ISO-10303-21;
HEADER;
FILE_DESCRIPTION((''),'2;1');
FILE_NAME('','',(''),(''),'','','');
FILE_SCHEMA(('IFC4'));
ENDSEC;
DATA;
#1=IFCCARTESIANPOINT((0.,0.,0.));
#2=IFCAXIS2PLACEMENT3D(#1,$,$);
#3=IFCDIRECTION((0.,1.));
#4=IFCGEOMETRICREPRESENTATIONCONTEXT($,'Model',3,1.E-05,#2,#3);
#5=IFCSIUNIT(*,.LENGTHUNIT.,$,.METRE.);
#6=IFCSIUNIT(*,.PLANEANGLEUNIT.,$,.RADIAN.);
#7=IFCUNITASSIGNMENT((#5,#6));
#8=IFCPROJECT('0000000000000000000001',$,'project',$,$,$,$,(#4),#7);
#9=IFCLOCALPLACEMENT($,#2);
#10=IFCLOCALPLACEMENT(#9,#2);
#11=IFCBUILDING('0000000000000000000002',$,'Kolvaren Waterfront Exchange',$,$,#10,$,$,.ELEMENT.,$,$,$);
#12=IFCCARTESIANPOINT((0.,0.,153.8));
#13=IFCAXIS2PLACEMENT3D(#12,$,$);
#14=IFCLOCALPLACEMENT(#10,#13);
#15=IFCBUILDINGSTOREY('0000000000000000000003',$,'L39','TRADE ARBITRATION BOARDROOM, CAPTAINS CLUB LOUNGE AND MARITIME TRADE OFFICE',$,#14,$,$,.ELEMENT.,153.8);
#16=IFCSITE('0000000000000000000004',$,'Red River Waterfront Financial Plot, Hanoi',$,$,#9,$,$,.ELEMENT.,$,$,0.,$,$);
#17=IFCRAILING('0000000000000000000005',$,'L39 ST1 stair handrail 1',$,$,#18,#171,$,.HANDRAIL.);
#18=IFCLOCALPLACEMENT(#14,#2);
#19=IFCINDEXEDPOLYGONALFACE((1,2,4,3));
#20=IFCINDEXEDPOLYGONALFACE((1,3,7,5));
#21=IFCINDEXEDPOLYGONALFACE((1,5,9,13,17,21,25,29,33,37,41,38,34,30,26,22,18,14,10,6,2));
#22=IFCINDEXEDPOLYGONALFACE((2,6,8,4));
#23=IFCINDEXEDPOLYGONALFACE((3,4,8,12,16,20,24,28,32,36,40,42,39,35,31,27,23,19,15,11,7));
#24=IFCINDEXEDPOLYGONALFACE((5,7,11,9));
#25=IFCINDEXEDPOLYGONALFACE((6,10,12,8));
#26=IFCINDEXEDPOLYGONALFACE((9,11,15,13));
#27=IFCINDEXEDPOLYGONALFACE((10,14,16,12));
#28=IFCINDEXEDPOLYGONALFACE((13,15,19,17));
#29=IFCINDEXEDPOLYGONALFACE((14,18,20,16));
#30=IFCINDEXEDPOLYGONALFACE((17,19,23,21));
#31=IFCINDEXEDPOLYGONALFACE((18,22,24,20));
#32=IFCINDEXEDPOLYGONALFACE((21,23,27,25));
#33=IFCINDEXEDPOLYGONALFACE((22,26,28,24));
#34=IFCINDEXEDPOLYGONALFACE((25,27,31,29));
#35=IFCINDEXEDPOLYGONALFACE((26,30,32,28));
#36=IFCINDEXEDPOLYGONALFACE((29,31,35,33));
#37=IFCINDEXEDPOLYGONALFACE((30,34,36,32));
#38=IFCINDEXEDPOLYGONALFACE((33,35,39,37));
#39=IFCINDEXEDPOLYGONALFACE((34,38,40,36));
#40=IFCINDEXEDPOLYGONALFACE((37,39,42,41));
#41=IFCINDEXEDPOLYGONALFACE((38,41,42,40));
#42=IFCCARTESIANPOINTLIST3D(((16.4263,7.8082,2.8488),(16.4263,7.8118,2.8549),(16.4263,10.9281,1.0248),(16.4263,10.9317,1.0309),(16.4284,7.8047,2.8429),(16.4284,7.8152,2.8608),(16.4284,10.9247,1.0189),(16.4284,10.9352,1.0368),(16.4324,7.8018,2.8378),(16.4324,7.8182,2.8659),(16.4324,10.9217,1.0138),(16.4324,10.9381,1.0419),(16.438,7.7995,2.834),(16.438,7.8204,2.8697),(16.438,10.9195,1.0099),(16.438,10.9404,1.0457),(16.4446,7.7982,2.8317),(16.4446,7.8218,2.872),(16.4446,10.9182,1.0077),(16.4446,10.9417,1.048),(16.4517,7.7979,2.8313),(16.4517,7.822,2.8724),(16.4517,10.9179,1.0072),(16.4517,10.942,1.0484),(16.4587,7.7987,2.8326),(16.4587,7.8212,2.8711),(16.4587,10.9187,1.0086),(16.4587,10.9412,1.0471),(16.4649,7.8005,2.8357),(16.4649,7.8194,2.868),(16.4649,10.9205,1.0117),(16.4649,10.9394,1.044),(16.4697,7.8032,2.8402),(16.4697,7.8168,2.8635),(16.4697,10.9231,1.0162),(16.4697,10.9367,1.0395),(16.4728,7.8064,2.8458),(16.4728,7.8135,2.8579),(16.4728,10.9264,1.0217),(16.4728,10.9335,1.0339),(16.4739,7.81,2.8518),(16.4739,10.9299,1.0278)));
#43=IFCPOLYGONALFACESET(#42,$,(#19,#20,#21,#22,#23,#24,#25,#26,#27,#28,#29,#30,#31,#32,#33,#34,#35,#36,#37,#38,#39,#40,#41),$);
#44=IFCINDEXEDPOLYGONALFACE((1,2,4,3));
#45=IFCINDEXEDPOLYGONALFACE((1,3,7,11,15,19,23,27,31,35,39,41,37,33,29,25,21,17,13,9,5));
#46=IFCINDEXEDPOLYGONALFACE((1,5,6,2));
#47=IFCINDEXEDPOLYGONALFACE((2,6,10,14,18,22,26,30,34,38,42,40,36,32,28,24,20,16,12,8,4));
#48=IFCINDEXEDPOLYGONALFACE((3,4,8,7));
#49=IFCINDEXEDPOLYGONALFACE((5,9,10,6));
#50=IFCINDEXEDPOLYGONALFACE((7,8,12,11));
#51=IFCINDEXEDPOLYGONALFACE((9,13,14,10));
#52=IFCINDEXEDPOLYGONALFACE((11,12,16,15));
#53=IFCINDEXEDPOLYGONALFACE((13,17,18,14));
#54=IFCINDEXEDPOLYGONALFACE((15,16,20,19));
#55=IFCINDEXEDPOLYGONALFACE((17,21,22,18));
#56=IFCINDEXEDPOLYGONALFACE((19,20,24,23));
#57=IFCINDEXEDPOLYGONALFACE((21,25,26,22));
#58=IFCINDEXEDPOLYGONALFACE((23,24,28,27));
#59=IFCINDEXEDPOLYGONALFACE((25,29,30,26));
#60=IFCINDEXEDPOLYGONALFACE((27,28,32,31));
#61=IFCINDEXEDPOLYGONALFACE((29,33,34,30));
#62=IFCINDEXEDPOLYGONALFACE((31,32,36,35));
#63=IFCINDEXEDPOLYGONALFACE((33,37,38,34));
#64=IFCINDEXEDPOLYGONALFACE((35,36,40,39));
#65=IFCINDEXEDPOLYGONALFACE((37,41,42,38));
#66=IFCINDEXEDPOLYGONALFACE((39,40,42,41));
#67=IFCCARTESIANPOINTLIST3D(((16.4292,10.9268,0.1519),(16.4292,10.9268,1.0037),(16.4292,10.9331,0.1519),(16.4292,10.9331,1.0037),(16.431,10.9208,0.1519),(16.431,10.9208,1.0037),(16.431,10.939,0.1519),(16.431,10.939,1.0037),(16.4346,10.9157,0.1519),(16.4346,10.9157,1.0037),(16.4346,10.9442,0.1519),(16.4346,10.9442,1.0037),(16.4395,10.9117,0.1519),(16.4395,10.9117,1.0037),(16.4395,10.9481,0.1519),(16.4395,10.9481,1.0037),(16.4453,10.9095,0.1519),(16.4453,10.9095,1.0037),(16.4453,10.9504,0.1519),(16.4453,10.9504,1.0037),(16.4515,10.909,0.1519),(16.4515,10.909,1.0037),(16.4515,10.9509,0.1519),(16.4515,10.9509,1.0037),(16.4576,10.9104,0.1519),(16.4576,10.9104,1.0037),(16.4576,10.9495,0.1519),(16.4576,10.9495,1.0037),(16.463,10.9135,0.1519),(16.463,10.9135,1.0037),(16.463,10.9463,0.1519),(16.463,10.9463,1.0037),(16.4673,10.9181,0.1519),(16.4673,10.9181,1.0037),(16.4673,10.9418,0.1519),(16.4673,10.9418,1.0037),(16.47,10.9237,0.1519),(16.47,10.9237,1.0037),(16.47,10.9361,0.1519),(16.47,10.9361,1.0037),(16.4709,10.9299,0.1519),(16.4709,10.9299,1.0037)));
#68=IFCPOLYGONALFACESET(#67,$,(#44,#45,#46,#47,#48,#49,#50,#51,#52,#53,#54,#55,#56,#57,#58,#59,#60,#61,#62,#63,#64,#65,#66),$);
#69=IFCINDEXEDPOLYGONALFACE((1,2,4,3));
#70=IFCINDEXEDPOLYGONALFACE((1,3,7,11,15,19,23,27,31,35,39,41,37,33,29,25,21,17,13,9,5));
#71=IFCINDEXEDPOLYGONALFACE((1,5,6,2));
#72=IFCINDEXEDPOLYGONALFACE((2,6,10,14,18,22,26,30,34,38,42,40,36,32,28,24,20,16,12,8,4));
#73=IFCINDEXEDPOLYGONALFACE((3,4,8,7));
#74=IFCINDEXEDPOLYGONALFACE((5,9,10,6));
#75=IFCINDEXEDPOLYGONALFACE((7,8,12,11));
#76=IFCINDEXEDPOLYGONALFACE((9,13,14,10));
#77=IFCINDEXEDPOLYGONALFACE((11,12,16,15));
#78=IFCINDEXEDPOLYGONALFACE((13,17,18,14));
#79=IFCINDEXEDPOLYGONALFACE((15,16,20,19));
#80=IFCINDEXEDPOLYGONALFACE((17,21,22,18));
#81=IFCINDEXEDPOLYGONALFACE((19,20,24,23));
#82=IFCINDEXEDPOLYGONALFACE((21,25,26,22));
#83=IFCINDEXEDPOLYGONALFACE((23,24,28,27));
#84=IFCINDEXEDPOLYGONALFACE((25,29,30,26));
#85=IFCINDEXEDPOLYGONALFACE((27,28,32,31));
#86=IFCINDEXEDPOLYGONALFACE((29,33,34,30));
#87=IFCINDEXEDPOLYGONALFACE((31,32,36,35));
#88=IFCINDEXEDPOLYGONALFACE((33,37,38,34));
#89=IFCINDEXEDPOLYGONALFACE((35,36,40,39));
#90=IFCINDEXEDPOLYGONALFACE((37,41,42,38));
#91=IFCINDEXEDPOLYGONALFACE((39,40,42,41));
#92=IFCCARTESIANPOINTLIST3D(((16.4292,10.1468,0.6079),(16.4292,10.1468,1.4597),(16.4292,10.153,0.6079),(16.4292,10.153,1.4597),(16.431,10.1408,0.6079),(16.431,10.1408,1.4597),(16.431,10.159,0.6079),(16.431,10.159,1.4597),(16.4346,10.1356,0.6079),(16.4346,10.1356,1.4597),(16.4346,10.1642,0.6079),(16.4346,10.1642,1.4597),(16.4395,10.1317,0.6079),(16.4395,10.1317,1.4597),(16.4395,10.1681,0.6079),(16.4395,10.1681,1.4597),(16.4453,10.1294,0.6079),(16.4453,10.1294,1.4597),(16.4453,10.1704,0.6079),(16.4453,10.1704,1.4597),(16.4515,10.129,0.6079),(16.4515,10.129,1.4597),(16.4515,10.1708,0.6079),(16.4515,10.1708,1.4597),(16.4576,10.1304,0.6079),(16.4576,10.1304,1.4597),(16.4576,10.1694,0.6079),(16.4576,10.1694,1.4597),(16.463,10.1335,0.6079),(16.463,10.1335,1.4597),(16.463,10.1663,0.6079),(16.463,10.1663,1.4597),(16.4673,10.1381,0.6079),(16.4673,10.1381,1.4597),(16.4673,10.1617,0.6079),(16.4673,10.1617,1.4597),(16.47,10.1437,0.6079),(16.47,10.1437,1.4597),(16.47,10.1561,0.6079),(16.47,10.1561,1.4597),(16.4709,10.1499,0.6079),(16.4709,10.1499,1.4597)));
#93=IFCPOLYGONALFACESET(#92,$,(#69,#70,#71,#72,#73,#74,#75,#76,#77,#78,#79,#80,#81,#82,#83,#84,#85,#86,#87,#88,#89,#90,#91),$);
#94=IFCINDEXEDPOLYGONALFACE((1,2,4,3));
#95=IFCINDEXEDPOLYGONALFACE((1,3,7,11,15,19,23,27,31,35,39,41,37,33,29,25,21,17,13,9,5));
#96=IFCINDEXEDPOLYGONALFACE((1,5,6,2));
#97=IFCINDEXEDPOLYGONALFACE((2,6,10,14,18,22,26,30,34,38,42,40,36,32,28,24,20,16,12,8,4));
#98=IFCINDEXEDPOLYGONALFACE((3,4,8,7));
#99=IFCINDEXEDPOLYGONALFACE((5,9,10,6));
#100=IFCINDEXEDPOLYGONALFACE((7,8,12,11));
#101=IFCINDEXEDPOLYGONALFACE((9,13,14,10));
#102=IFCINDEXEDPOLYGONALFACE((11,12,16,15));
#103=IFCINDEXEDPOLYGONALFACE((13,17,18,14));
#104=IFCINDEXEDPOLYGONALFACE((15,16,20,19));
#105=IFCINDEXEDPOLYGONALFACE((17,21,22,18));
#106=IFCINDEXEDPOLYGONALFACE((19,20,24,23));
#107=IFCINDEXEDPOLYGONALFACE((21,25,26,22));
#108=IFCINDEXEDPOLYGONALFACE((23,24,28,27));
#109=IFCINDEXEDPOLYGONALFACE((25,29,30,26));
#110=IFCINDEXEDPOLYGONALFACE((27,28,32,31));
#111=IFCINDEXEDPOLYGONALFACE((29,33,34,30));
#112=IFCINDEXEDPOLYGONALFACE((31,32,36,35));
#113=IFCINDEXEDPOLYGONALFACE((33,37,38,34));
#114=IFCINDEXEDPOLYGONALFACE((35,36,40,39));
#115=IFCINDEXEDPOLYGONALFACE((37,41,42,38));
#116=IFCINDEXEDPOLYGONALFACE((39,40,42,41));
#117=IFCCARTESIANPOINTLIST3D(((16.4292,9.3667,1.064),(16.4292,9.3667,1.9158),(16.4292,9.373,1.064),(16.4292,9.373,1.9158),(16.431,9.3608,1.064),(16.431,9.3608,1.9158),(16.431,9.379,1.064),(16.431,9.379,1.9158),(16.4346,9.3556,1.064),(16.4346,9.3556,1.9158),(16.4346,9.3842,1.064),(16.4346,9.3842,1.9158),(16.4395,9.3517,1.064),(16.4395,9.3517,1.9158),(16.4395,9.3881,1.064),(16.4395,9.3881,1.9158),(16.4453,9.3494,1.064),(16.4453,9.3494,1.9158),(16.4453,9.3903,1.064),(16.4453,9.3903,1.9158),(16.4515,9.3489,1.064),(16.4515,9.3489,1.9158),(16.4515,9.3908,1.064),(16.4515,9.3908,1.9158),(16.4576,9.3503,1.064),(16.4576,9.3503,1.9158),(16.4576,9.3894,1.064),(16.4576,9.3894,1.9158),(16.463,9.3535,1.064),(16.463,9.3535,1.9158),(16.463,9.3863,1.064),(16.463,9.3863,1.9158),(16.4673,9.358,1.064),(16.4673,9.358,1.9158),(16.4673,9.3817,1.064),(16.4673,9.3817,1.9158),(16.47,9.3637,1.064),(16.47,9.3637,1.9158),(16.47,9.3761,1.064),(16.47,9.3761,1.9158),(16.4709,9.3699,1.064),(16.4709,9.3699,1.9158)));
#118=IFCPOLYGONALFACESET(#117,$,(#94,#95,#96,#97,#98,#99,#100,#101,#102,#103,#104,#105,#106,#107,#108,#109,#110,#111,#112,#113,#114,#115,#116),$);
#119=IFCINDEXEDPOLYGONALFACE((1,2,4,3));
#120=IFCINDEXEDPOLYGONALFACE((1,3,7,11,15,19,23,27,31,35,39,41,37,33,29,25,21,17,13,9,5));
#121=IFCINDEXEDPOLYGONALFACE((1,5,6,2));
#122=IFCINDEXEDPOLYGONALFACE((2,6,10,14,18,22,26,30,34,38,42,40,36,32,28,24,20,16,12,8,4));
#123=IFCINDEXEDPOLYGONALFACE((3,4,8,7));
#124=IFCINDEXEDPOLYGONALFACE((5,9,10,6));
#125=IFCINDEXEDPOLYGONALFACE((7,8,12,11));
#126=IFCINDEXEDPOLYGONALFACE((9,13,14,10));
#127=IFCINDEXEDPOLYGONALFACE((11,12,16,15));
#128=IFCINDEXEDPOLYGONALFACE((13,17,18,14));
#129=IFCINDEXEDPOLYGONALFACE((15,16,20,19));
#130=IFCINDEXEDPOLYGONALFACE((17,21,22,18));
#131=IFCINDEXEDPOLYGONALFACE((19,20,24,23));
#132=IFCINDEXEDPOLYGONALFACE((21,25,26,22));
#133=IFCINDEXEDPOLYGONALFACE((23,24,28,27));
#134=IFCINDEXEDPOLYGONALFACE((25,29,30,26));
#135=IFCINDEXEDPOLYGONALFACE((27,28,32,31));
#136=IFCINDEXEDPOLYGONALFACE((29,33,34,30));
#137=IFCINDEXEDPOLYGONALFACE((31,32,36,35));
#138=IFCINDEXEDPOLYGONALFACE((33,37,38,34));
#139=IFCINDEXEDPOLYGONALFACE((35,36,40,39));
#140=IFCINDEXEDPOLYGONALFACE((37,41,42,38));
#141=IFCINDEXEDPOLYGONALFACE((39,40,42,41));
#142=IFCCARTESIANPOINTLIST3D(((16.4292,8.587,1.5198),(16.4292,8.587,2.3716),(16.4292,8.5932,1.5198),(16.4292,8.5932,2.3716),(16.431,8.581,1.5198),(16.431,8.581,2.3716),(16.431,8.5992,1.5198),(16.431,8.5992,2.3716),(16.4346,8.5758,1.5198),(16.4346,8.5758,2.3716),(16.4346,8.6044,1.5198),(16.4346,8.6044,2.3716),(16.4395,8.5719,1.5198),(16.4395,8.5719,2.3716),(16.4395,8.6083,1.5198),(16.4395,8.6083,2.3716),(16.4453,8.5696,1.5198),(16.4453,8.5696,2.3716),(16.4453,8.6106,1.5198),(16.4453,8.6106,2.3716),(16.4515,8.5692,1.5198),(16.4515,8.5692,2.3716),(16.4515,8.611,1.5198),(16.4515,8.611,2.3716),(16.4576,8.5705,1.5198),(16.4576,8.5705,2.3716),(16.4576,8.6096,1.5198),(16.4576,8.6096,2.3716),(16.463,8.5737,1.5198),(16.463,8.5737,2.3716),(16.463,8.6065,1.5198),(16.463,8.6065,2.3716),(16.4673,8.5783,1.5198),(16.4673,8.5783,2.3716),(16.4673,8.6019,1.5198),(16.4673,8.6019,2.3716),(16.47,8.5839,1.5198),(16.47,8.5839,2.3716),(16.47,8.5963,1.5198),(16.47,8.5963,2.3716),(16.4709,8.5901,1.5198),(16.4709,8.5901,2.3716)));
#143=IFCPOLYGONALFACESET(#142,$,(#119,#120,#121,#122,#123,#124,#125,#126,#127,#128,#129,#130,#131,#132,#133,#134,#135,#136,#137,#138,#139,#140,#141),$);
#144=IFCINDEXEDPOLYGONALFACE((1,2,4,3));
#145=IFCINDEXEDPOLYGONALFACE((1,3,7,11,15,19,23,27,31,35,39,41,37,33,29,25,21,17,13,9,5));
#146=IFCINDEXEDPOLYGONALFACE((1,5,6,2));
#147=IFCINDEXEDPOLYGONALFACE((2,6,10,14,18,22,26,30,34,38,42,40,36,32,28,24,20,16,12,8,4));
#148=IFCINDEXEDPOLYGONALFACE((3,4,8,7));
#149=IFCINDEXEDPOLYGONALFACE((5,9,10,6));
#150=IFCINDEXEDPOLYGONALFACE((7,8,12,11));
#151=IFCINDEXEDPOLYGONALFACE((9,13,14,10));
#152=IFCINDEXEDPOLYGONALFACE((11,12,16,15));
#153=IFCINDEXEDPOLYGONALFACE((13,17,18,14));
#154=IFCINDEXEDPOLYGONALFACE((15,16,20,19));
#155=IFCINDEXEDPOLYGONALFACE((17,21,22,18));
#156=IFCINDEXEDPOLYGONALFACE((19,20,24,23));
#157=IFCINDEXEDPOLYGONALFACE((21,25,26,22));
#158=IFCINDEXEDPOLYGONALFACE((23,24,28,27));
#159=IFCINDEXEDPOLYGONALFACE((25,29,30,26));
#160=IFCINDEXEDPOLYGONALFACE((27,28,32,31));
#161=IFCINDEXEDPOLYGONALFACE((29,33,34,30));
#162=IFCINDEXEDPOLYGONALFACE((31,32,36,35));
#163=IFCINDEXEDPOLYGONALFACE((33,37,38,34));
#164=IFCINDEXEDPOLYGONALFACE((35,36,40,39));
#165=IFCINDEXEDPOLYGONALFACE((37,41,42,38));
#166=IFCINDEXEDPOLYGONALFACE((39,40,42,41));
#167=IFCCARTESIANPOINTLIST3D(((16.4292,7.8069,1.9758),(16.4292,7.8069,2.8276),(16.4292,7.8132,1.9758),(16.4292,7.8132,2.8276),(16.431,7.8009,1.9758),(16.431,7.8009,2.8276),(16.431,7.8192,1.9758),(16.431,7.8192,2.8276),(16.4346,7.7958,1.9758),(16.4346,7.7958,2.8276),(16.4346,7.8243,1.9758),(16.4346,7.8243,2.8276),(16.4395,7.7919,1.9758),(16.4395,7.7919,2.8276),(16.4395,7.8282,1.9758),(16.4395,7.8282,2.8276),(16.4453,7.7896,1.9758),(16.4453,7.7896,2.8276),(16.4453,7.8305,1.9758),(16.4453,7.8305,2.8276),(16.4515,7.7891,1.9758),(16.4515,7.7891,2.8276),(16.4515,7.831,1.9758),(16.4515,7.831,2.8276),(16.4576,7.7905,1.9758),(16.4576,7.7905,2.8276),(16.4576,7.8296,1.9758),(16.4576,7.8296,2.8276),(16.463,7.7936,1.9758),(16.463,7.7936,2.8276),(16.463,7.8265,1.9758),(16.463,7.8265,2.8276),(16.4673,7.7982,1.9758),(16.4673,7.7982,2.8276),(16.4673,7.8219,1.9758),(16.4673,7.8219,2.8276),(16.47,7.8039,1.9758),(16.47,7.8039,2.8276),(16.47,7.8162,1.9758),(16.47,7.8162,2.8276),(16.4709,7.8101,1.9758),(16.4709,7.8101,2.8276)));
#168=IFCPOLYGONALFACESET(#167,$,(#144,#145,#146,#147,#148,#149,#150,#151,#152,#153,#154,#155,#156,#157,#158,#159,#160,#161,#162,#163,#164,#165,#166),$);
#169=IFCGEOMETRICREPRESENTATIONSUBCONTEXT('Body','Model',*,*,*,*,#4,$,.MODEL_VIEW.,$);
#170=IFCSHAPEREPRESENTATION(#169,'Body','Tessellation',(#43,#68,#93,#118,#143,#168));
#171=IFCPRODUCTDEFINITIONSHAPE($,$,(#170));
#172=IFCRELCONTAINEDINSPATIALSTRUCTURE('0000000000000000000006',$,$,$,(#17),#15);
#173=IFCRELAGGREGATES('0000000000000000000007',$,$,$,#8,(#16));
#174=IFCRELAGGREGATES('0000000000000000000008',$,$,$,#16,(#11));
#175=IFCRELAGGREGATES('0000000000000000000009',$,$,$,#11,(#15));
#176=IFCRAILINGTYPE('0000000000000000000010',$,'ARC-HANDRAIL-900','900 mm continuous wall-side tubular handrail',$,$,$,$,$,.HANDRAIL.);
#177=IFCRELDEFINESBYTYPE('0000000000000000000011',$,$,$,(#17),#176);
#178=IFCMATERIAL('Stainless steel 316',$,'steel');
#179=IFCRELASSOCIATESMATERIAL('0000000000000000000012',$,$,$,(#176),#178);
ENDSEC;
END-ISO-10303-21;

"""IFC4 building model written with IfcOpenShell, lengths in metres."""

from ifc_helpers import new_model, si_unit, direction, frame, origin, origin_2d, place, context, subcontext, project, spatial, circle, extrude, material, type_object, element, save


model = new_model("IFC4")

# Units and contexts
model_context = context("Model", 3, precision=1e-05, world=origin(), true_north=direction((0.0, 1.0)))
body_context = subcontext(model_context, "Body", "Model", "MODEL_VIEW")
ifc_project = project(units=[si_unit("LENGTHUNIT", "METRE"), si_unit("PLANEANGLEUNIT", "RADIAN")], contexts=[model_context])

# Site, building, storey
site_placement = place(None, origin())
site = spatial("IfcSite", under=ifc_project, at=site_placement, Name="Red River Waterfront Financial Plot, Hanoi", CompositionType="ELEMENT", RefElevation=0.0)
building_placement = place(site_placement, origin())
building = spatial("IfcBuilding", under=site, at=building_placement, Name="Kolvaren Waterfront Exchange", CompositionType="ELEMENT")
storey_placement = place(building_placement, frame((0.0, 0.0, 153.8)))
storey = spatial("IfcBuildingStorey", under=building, at=storey_placement, Name="L39", Description="TRADE ARBITRATION BOARDROOM, CAPTAINS CLUB LOUNGE AND MARITIME TRADE OFFICE", CompositionType="ELEMENT", Elevation=153.8)

# Railing
ifc_material_1 = material(Name="Stainless steel 316", Category="steel")
railing_type_1 = type_object("IfcRailingType", Name="ARC-HANDRAIL-900", Description="900 mm continuous wall-side tubular handrail", PredefinedType="HANDRAIL", material=ifc_material_1)
railing_1_placement = place(storey_placement, frame((16.45, 10.9299, 0.1519)))
element("IfcRailing", 1, at=railing_1_placement, inside=storey, type_object=railing_type_1, Name="L39 ST1 stair handrail 1", PredefinedType="HANDRAIL", context=body_context, shape_type="SweptSolid", body=[
    extrude(circle(Radius=0.0239, at=origin_2d()), frame((0.0, 0.0, 0.876), z_axis=(0.0, -0.863291, 0.504707), x_axis=(1.0, 0.0, 0.0)), (0.0, 0.0, 1.0), 3.614),
    extrude(circle(Radius=0.021, at=origin_2d()), origin(), (0.0, 0.0, 1.0), 0.8518),
    extrude(circle(Radius=0.021, at=origin_2d()), frame((0.0, -0.78, 0.4561)), (0.0, 0.0, 1.0), 0.8518),
    extrude(circle(Radius=0.021, at=origin_2d()), frame((0.0, -1.5601, 0.9121)), (0.0, 0.0, 1.0), 0.8518),
    extrude(circle(Radius=0.021, at=origin_2d()), frame((0.0, -2.3398, 1.3679)), (0.0, 0.0, 1.0), 0.8518),
    extrude(circle(Radius=0.021, at=origin_2d()), frame((0.0, -3.1199, 1.824)), (0.0, 0.0, 1.0), 0.8518),
])

save(model, "model.ifc")
